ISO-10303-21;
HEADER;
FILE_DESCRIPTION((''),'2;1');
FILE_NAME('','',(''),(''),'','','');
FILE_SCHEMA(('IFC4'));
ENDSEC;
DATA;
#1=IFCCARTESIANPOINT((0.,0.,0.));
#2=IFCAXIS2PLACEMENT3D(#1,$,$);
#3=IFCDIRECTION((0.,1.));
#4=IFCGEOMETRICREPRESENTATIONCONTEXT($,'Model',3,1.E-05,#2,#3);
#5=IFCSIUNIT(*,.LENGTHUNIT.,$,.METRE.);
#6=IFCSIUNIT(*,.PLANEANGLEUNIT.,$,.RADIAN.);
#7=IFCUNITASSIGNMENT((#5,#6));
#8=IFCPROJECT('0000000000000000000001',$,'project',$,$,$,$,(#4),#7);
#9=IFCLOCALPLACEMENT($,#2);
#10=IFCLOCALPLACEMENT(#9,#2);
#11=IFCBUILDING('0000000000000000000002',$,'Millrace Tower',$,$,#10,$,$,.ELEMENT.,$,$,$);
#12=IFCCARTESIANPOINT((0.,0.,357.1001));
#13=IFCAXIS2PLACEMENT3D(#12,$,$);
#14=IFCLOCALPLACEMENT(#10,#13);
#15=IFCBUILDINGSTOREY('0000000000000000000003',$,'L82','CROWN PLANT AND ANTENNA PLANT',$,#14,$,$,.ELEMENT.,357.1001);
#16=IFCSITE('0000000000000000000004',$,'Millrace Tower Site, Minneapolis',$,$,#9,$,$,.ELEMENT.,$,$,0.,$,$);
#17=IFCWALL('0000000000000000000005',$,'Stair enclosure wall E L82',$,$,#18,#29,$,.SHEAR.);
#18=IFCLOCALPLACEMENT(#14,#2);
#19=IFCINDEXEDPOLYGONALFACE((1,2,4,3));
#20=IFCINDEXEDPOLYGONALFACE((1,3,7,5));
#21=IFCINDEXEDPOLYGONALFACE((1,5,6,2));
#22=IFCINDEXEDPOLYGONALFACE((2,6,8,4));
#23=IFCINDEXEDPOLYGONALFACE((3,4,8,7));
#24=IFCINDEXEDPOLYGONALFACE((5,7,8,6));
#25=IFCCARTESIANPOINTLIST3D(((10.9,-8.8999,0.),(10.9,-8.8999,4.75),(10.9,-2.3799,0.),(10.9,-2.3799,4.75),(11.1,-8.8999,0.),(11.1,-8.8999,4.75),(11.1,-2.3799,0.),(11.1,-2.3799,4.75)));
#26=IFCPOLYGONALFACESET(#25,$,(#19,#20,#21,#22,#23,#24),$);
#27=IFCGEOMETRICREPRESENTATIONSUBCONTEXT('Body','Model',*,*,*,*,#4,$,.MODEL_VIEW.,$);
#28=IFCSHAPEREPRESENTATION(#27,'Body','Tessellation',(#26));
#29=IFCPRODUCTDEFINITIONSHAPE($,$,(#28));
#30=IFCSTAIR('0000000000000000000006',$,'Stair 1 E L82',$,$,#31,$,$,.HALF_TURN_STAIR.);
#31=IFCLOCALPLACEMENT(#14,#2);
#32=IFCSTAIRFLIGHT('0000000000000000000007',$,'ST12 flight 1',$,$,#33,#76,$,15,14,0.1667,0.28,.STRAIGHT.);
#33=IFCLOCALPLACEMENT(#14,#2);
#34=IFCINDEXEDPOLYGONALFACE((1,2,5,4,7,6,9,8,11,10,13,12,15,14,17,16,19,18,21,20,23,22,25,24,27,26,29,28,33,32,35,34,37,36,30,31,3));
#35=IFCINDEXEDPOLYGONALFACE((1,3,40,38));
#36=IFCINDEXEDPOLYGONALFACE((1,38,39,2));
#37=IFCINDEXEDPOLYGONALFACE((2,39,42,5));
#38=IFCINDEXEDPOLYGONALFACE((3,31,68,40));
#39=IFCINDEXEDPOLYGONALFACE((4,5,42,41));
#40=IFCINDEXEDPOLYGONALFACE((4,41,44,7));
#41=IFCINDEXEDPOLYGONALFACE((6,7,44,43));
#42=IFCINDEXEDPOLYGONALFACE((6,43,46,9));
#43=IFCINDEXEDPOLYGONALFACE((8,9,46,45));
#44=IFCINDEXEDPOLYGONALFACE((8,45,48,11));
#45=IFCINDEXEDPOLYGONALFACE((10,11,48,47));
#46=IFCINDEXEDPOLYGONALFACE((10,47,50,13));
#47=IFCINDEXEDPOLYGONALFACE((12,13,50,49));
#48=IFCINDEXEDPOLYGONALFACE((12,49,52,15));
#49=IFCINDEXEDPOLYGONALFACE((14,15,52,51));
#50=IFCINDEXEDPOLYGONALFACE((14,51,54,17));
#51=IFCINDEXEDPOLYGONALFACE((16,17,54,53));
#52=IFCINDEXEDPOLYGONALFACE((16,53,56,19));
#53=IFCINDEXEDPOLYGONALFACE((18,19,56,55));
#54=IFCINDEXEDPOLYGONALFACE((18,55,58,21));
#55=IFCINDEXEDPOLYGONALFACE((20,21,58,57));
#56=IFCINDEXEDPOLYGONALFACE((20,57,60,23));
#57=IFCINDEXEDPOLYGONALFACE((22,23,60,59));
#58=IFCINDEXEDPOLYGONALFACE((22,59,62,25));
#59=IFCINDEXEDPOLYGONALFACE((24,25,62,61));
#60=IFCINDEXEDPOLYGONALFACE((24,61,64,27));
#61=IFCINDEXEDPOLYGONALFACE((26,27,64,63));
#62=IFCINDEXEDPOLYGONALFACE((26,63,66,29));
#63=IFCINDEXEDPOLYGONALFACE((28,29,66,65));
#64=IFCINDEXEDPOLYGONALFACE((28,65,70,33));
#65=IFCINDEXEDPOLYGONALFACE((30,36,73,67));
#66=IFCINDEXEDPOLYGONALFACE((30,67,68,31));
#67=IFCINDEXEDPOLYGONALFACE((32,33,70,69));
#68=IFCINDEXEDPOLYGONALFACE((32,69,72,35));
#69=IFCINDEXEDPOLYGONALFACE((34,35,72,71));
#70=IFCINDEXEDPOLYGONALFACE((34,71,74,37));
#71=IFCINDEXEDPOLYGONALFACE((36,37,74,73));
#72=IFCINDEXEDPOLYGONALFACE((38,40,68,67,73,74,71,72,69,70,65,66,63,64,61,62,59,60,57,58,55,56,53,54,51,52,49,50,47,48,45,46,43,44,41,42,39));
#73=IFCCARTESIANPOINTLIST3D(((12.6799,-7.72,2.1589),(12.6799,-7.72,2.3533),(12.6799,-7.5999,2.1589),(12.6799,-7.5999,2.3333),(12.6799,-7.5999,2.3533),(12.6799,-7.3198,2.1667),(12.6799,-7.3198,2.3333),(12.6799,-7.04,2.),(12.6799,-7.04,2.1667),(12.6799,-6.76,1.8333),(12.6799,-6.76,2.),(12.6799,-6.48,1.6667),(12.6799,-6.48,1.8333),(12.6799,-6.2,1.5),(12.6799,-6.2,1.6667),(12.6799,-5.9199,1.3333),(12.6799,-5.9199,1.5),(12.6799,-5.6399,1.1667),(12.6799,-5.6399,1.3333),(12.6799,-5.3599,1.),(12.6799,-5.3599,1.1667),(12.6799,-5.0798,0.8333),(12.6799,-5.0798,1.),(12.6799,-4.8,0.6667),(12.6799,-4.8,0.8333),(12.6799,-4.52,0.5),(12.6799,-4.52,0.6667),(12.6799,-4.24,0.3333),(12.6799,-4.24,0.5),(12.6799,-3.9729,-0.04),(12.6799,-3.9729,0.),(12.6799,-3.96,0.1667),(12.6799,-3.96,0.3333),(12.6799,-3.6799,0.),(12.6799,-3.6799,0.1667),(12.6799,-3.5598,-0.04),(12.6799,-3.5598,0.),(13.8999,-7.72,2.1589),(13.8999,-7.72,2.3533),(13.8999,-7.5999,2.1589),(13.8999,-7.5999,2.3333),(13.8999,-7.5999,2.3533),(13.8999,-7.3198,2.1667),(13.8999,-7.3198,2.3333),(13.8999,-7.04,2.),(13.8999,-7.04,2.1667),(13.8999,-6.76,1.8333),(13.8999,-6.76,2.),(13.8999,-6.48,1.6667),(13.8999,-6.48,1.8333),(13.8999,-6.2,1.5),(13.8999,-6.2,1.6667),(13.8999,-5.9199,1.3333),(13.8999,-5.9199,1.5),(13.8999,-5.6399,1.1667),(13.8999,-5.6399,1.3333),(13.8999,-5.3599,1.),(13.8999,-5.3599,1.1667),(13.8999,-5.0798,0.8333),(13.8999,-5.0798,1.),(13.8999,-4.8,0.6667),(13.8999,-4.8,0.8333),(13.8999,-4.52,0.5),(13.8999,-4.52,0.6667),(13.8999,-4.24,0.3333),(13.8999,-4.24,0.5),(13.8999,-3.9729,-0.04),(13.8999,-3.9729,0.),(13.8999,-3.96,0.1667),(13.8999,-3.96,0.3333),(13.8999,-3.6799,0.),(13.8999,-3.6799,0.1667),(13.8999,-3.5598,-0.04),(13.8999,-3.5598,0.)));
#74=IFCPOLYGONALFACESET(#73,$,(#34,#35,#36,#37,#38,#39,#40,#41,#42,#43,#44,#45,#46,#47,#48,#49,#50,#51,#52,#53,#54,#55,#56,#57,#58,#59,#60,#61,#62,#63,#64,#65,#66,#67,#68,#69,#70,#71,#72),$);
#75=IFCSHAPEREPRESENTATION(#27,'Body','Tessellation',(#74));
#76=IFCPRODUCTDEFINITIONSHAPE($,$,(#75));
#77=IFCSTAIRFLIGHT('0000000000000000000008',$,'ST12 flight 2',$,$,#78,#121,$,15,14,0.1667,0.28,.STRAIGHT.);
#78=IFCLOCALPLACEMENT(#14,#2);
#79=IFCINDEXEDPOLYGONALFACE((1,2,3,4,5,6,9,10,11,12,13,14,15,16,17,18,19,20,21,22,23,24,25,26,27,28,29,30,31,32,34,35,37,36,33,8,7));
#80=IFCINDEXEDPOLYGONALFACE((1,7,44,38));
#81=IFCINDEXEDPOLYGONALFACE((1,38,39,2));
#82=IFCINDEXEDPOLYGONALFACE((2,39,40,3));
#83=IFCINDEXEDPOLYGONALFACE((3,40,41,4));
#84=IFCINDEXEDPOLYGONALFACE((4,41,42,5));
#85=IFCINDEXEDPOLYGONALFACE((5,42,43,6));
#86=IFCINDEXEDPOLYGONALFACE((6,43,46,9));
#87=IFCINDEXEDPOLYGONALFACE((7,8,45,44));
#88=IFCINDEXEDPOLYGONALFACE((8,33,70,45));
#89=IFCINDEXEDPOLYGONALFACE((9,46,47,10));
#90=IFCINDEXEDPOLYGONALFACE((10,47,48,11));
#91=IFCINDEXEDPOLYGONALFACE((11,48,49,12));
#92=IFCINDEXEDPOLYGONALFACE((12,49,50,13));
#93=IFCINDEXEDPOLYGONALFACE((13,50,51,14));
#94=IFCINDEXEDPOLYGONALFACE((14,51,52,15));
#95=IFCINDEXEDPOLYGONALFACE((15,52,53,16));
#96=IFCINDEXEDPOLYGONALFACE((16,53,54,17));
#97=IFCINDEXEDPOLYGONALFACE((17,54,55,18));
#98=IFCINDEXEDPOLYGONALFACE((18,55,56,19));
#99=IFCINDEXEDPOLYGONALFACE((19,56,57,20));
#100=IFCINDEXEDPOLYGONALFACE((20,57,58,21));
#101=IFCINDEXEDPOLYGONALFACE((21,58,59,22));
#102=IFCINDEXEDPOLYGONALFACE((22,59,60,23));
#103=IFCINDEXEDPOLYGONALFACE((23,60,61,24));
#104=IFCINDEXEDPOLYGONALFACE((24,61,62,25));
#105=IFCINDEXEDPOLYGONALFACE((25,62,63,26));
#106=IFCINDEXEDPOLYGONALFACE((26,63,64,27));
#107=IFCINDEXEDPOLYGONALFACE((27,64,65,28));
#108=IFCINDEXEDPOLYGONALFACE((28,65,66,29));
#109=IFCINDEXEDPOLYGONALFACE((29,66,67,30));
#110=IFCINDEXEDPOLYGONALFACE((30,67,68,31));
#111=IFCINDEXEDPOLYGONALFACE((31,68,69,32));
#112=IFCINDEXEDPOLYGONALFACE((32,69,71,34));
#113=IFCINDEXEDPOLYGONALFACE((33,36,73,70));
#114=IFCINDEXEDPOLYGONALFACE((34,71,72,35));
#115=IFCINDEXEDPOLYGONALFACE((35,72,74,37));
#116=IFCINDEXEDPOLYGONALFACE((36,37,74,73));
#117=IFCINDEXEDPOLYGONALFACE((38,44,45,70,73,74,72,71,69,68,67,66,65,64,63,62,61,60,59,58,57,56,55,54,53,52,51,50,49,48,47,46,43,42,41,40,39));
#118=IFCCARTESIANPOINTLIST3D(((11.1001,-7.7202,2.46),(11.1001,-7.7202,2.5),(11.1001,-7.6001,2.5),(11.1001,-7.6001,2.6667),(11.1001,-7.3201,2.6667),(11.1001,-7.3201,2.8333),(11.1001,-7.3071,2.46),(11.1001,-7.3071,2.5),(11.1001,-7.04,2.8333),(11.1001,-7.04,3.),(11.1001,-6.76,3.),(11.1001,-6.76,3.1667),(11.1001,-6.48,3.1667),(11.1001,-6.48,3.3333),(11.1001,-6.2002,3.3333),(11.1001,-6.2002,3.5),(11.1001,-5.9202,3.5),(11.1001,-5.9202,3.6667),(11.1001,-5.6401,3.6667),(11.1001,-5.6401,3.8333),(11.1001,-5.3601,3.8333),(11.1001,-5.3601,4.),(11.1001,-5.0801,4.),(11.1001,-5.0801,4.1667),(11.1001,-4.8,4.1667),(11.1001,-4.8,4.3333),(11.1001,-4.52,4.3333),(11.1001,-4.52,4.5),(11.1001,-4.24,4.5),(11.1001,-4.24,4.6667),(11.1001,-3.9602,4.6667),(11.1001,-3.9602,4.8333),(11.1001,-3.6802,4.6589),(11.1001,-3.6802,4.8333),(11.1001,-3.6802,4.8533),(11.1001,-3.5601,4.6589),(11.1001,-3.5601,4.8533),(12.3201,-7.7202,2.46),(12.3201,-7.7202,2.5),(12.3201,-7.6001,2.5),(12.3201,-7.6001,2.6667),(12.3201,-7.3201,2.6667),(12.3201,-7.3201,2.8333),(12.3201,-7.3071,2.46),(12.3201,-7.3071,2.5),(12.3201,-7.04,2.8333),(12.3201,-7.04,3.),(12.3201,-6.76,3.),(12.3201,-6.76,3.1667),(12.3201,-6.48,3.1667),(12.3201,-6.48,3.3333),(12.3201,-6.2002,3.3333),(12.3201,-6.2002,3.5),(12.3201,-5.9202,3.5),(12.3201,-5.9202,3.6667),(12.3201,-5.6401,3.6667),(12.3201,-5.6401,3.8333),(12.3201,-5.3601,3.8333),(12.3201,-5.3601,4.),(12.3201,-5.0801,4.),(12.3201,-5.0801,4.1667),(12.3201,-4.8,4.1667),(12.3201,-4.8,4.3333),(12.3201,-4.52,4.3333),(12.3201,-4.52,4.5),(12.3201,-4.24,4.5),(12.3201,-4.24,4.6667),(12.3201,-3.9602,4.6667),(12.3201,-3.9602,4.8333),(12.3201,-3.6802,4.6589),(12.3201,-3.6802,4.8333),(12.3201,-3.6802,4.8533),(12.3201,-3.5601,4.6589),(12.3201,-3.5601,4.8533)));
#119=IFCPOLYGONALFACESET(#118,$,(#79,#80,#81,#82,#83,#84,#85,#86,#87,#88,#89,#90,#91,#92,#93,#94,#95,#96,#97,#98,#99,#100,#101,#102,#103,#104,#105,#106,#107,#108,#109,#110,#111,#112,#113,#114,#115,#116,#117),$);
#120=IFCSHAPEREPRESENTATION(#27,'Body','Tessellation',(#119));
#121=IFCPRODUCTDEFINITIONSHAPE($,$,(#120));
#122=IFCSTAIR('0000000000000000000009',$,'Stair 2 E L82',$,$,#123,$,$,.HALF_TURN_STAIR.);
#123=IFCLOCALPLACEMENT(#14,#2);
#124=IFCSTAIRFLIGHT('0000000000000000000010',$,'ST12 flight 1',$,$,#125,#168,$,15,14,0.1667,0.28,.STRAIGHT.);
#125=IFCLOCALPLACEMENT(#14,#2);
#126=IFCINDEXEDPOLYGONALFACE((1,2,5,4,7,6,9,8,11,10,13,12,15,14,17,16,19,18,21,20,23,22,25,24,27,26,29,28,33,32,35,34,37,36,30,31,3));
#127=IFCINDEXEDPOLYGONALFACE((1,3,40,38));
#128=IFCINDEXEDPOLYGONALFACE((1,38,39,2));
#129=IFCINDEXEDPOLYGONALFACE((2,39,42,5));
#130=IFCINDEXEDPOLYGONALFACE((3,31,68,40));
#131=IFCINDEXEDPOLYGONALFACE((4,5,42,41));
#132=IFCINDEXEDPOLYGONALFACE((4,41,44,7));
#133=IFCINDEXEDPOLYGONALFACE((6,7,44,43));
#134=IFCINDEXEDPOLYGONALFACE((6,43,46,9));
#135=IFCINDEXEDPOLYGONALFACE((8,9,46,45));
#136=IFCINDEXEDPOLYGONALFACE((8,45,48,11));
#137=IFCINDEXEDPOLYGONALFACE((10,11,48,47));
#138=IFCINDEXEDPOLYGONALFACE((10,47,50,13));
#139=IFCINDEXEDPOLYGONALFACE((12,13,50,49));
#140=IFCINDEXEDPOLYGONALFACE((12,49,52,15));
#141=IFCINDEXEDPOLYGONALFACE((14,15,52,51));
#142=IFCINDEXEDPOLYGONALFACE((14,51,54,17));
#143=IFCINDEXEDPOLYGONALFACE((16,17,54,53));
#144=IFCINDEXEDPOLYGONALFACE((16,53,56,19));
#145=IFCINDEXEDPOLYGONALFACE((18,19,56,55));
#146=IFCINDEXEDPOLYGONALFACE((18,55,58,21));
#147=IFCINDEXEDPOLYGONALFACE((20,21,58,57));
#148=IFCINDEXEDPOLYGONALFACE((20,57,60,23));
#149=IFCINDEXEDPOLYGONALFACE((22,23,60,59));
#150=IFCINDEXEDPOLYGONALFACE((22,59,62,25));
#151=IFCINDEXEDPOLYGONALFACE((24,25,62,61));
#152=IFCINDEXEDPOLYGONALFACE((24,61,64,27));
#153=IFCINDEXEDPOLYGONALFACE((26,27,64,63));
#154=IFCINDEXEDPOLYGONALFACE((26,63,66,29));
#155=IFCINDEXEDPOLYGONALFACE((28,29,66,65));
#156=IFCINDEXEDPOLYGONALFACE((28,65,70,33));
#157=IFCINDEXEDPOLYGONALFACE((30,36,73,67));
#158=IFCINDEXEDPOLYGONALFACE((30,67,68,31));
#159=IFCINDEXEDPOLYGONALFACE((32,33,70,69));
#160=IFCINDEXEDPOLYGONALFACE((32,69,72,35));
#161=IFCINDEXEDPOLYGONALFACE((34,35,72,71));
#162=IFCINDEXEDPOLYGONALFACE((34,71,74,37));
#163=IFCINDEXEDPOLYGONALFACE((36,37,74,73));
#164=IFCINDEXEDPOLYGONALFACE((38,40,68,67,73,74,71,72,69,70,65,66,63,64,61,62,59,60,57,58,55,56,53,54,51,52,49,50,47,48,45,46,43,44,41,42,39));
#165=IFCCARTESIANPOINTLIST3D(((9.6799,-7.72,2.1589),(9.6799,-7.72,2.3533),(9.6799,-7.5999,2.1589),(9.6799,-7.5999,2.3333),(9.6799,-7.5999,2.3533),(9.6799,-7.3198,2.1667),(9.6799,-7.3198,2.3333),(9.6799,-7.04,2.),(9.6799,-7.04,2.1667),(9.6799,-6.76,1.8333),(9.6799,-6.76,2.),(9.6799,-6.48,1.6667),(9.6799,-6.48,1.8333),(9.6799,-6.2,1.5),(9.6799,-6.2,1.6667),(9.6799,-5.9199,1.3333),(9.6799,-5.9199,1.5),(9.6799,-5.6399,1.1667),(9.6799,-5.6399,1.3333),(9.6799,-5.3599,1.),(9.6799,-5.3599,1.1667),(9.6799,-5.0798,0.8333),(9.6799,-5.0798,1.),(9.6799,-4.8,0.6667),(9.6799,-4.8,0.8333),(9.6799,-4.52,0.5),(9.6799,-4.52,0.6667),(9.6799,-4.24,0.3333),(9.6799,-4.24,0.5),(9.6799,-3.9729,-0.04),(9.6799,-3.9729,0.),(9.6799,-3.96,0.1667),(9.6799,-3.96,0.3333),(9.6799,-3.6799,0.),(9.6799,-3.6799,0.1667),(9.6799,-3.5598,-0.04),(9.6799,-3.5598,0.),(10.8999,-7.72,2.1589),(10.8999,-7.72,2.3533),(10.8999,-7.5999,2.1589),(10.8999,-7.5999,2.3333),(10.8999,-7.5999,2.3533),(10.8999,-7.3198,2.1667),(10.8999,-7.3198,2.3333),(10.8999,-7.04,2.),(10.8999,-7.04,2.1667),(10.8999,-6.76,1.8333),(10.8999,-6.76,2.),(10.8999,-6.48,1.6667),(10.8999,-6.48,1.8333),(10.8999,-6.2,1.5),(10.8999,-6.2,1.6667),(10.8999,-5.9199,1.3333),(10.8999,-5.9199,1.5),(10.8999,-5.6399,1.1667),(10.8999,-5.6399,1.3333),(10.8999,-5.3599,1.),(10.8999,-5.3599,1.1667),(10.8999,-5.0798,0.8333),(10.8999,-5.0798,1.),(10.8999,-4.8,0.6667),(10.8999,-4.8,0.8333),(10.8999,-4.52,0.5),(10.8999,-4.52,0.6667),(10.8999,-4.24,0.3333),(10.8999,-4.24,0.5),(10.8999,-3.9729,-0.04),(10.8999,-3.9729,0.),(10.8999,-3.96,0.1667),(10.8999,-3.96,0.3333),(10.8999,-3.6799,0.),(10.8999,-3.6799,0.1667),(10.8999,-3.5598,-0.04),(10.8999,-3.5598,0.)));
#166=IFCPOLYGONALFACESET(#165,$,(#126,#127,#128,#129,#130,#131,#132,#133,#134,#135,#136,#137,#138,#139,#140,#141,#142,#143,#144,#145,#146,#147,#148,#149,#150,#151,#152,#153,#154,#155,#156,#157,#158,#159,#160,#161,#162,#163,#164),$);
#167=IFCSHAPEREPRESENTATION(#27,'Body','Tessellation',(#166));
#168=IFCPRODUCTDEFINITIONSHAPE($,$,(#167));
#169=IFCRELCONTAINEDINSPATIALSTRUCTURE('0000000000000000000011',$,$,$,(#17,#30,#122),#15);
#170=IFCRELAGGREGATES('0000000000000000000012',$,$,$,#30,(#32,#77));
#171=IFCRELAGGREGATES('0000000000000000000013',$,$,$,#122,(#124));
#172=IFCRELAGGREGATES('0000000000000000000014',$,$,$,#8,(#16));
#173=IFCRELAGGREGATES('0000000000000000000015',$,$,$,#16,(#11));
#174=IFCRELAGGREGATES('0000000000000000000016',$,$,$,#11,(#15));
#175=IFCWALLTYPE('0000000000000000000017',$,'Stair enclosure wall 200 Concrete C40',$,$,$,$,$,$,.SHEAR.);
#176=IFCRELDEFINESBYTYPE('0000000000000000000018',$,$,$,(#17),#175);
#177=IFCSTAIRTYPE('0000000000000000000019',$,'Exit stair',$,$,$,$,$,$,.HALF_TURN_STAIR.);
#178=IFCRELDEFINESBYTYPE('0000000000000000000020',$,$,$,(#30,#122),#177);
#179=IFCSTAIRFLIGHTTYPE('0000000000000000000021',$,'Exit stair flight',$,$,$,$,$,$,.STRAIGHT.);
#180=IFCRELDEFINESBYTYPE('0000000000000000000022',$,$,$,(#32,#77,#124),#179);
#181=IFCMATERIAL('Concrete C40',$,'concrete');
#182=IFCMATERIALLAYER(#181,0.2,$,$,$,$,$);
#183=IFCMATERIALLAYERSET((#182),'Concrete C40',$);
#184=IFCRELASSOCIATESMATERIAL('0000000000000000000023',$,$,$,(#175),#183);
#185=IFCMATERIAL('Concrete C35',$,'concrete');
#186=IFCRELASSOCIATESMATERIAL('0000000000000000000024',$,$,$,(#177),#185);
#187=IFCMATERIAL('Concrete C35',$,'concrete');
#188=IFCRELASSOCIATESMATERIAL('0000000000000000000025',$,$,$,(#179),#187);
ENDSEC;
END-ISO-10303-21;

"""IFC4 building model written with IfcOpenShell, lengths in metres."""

from ifc_helpers import new_model, si_unit, direction, frame, frame_2d, origin, place, context, subcontext, project, spatial, polyline, rectangle, outline, extrude, material, layer, layer_set, type_object, element, aggregate, save


model = new_model("IFC4")

# Units and contexts
model_context = context("Model", 3, precision=1e-05, world=origin(), true_north=direction((0.0, 1.0)))
body_context = subcontext(model_context, "Body", "Model", "MODEL_VIEW")
ifc_project = project(units=[si_unit("LENGTHUNIT", "METRE"), si_unit("PLANEANGLEUNIT", "RADIAN")], contexts=[model_context])

# Site, building, storey
site_placement = place(None, origin())
site = spatial("IfcSite", under=ifc_project, at=site_placement, Name="Millrace Tower Site, Minneapolis", CompositionType="ELEMENT", RefElevation=0.0)
building_placement = place(site_placement, origin())
building = spatial("IfcBuilding", under=site, at=building_placement, Name="Millrace Tower", CompositionType="ELEMENT")
storey_placement = place(building_placement, frame((0.0, 0.0, 357.1001)))
storey = spatial("IfcBuildingStorey", under=building, at=storey_placement, Name="L82", Description="CROWN PLANT AND ANTENNA PLANT", CompositionType="ELEMENT", Elevation=357.1001)

# Shared definitions
ifc_material_1 = material(Name="Concrete C40", Category="concrete")
ifc_layer_1 = layer(ifc_material_1, 0.2)
ifc_layer_set_1 = layer_set([ifc_layer_1], Name="Concrete C40")
wall_type_1 = type_object("IfcWallType", Name="Stair enclosure wall 200 Concrete C40", PredefinedType="SHEAR", material=ifc_layer_set_1)

# Wall
wall_1_placement = place(storey_placement, frame((11.0, -2.3799, 0.0), z_axis=(0.0, 0.0, 1.0), x_axis=(0.0, -1.0, 0.0)))
element("IfcWall", 1, at=wall_1_placement, inside=storey, type_object=wall_type_1, Name="Stair enclosure wall E L82", PredefinedType="SHEAR", context=body_context, shape_type="SweptSolid", body=[
    extrude(rectangle(XDim=6.52, YDim=0.2, at=frame_2d((3.26, 0.0))), origin(), (0.0, 0.0, 1.0), 4.75),
])

# Stair, stair flights
ifc_material_2 = material(Name="Concrete C35", Category="concrete")
stair_type = type_object("IfcStairType", Name="Exit stair", PredefinedType="HALF_TURN_STAIR", material=ifc_material_2)
placement = place(storey_placement, origin())
stair_1 = element("IfcStair", 2, at=placement, inside=storey, type_object=stair_type, Name="Stair 1 E L82", PredefinedType="HALF_TURN_STAIR")
ifc_material_3 = material(Name="Concrete C35", Category="concrete")
stair_flight_type = type_object("IfcStairFlightType", Name="Exit stair flight", PredefinedType="STRAIGHT", material=ifc_material_3)
stair_flight_1_placement = place(storey_placement, frame((13.29, -3.6799, 0.0), z_axis=(0.0, 0.0, 1.0), x_axis=(0.0, -1.0, 0.0)))
stair_flight_1 = element("IfcStairFlight", 3, at=stair_flight_1_placement, type_object=stair_flight_type, Name="ST12 flight 1", NumberOfRisers=15, NumberOfTreads=14, PredefinedType="STRAIGHT", RiserHeight=0.1667, TreadLength=0.28, context=body_context, shape_type="SweptSolid", body=[
    extrude(outline(polyline([(-0.1201, -0.04), (-0.1201, 0.0), (0.0, 0.0), (0.0, 0.1667), (0.28, 0.1667), (0.28, 0.3333), (0.5601, 0.3333), (0.5601, 0.5), (0.8401, 0.5), (0.8401, 0.6667), (1.1201, 0.6667), (1.1201, 0.8333), (1.3999, 0.8333), (1.3999, 1.0), (1.6799, 1.0), (1.6799, 1.1667), (1.96, 1.1667), (1.96, 1.3333), (2.24, 1.3333), (2.24, 1.5), (2.52, 1.5), (2.52, 1.6667), (2.8, 1.6667), (2.8, 1.8333), (3.0801, 1.8333), (3.0801, 2.0), (3.3601, 2.0), (3.3601, 2.1667), (3.6399, 2.1667), (3.6399, 2.3333), (3.9199, 2.3333), (3.9199, 2.3533), (4.04, 2.3533), (4.04, 2.1589), (3.9199, 2.1589), (0.293, 0.0), (0.293, -0.04), (-0.1201, -0.04)])), frame((0.0, 0.6099, 0.0), z_axis=(0.0, -1.0, 0.0), x_axis=(1.0, 0.0, 0.0)), (0.0, 0.0, 1.0), 1.22),
])
stair_flight_2_placement = place(storey_placement, frame((11.71, -7.6001, 2.5), z_axis=(0.0, 0.0, 1.0), x_axis=(0.0, 1.0, 0.0)))
stair_flight_2 = element("IfcStairFlight", 4, at=stair_flight_2_placement, type_object=stair_flight_type, Name="ST12 flight 2", NumberOfRisers=15, NumberOfTreads=14, PredefinedType="STRAIGHT", RiserHeight=0.1667, TreadLength=0.28, context=body_context, shape_type="SweptSolid", body=[
    extrude(outline(polyline([(-0.1201, -0.04), (-0.1201, 0.0), (0.0, 0.0), (0.0, 0.1667), (0.28, 0.1667), (0.28, 0.3333), (0.5601, 0.3333), (0.5601, 0.5), (0.8401, 0.5), (0.8401, 0.6667), (1.1201, 0.6667), (1.1201, 0.8333), (1.3999, 0.8333), (1.3999, 1.0), (1.6799, 1.0), (1.6799, 1.1667), (1.96, 1.1667), (1.96, 1.3333), (2.24, 1.3333), (2.24, 1.5), (2.52, 1.5), (2.52, 1.6667), (2.8, 1.6667), (2.8, 1.8333), (3.0801, 1.8333), (3.0801, 2.0), (3.3601, 2.0), (3.3601, 2.1667), (3.6399, 2.1667), (3.6399, 2.3333), (3.9199, 2.3333), (3.9199, 2.3533), (4.04, 2.3533), (4.04, 2.1589), (3.9199, 2.1589), (0.293, 0.0), (0.293, -0.04), (-0.1201, -0.04)])), frame((0.0, 0.6099, 0.0), z_axis=(0.0, -1.0, 0.0), x_axis=(1.0, 0.0, 0.0)), (0.0, 0.0, 1.0), 1.22),
])
aggregate(stair_1, [stair_flight_1, stair_flight_2])

# Stair, stair flight
stair_2 = element("IfcStair", 5, at=placement, inside=storey, type_object=stair_type, Name="Stair 2 E L82", PredefinedType="HALF_TURN_STAIR")
stair_flight_3_placement = place(storey_placement, frame((10.29, -3.6799, 0.0), z_axis=(0.0, 0.0, 1.0), x_axis=(0.0, -1.0, 0.0)))
stair_flight_3 = element("IfcStairFlight", 6, at=stair_flight_3_placement, type_object=stair_flight_type, Name="ST12 flight 1", NumberOfRisers=15, NumberOfTreads=14, PredefinedType="STRAIGHT", RiserHeight=0.1667, TreadLength=0.28, context=body_context, shape_type="SweptSolid", body=[
    extrude(outline(polyline([(-0.1201, -0.04), (-0.1201, 0.0), (0.0, 0.0), (0.0, 0.1667), (0.28, 0.1667), (0.28, 0.3333), (0.5601, 0.3333), (0.5601, 0.5), (0.8401, 0.5), (0.8401, 0.6667), (1.1201, 0.6667), (1.1201, 0.8333), (1.3999, 0.8333), (1.3999, 1.0), (1.6799, 1.0), (1.6799, 1.1667), (1.96, 1.1667), (1.96, 1.3333), (2.24, 1.3333), (2.24, 1.5), (2.52, 1.5), (2.52, 1.6667), (2.8, 1.6667), (2.8, 1.8333), (3.0801, 1.8333), (3.0801, 2.0), (3.3601, 2.0), (3.3601, 2.1667), (3.6399, 2.1667), (3.6399, 2.3333), (3.9199, 2.3333), (3.9199, 2.3533), (4.04, 2.3533), (4.04, 2.1589), (3.9199, 2.1589), (0.293, 0.0), (0.293, -0.04), (-0.1201, -0.04)])), frame((0.0, 0.6099, 0.0), z_axis=(0.0, -1.0, 0.0), x_axis=(1.0, 0.0, 0.0)), (0.0, 0.0, 1.0), 1.22),
])
aggregate(stair_2, [stair_flight_3])

save(model, "model.ifc")
